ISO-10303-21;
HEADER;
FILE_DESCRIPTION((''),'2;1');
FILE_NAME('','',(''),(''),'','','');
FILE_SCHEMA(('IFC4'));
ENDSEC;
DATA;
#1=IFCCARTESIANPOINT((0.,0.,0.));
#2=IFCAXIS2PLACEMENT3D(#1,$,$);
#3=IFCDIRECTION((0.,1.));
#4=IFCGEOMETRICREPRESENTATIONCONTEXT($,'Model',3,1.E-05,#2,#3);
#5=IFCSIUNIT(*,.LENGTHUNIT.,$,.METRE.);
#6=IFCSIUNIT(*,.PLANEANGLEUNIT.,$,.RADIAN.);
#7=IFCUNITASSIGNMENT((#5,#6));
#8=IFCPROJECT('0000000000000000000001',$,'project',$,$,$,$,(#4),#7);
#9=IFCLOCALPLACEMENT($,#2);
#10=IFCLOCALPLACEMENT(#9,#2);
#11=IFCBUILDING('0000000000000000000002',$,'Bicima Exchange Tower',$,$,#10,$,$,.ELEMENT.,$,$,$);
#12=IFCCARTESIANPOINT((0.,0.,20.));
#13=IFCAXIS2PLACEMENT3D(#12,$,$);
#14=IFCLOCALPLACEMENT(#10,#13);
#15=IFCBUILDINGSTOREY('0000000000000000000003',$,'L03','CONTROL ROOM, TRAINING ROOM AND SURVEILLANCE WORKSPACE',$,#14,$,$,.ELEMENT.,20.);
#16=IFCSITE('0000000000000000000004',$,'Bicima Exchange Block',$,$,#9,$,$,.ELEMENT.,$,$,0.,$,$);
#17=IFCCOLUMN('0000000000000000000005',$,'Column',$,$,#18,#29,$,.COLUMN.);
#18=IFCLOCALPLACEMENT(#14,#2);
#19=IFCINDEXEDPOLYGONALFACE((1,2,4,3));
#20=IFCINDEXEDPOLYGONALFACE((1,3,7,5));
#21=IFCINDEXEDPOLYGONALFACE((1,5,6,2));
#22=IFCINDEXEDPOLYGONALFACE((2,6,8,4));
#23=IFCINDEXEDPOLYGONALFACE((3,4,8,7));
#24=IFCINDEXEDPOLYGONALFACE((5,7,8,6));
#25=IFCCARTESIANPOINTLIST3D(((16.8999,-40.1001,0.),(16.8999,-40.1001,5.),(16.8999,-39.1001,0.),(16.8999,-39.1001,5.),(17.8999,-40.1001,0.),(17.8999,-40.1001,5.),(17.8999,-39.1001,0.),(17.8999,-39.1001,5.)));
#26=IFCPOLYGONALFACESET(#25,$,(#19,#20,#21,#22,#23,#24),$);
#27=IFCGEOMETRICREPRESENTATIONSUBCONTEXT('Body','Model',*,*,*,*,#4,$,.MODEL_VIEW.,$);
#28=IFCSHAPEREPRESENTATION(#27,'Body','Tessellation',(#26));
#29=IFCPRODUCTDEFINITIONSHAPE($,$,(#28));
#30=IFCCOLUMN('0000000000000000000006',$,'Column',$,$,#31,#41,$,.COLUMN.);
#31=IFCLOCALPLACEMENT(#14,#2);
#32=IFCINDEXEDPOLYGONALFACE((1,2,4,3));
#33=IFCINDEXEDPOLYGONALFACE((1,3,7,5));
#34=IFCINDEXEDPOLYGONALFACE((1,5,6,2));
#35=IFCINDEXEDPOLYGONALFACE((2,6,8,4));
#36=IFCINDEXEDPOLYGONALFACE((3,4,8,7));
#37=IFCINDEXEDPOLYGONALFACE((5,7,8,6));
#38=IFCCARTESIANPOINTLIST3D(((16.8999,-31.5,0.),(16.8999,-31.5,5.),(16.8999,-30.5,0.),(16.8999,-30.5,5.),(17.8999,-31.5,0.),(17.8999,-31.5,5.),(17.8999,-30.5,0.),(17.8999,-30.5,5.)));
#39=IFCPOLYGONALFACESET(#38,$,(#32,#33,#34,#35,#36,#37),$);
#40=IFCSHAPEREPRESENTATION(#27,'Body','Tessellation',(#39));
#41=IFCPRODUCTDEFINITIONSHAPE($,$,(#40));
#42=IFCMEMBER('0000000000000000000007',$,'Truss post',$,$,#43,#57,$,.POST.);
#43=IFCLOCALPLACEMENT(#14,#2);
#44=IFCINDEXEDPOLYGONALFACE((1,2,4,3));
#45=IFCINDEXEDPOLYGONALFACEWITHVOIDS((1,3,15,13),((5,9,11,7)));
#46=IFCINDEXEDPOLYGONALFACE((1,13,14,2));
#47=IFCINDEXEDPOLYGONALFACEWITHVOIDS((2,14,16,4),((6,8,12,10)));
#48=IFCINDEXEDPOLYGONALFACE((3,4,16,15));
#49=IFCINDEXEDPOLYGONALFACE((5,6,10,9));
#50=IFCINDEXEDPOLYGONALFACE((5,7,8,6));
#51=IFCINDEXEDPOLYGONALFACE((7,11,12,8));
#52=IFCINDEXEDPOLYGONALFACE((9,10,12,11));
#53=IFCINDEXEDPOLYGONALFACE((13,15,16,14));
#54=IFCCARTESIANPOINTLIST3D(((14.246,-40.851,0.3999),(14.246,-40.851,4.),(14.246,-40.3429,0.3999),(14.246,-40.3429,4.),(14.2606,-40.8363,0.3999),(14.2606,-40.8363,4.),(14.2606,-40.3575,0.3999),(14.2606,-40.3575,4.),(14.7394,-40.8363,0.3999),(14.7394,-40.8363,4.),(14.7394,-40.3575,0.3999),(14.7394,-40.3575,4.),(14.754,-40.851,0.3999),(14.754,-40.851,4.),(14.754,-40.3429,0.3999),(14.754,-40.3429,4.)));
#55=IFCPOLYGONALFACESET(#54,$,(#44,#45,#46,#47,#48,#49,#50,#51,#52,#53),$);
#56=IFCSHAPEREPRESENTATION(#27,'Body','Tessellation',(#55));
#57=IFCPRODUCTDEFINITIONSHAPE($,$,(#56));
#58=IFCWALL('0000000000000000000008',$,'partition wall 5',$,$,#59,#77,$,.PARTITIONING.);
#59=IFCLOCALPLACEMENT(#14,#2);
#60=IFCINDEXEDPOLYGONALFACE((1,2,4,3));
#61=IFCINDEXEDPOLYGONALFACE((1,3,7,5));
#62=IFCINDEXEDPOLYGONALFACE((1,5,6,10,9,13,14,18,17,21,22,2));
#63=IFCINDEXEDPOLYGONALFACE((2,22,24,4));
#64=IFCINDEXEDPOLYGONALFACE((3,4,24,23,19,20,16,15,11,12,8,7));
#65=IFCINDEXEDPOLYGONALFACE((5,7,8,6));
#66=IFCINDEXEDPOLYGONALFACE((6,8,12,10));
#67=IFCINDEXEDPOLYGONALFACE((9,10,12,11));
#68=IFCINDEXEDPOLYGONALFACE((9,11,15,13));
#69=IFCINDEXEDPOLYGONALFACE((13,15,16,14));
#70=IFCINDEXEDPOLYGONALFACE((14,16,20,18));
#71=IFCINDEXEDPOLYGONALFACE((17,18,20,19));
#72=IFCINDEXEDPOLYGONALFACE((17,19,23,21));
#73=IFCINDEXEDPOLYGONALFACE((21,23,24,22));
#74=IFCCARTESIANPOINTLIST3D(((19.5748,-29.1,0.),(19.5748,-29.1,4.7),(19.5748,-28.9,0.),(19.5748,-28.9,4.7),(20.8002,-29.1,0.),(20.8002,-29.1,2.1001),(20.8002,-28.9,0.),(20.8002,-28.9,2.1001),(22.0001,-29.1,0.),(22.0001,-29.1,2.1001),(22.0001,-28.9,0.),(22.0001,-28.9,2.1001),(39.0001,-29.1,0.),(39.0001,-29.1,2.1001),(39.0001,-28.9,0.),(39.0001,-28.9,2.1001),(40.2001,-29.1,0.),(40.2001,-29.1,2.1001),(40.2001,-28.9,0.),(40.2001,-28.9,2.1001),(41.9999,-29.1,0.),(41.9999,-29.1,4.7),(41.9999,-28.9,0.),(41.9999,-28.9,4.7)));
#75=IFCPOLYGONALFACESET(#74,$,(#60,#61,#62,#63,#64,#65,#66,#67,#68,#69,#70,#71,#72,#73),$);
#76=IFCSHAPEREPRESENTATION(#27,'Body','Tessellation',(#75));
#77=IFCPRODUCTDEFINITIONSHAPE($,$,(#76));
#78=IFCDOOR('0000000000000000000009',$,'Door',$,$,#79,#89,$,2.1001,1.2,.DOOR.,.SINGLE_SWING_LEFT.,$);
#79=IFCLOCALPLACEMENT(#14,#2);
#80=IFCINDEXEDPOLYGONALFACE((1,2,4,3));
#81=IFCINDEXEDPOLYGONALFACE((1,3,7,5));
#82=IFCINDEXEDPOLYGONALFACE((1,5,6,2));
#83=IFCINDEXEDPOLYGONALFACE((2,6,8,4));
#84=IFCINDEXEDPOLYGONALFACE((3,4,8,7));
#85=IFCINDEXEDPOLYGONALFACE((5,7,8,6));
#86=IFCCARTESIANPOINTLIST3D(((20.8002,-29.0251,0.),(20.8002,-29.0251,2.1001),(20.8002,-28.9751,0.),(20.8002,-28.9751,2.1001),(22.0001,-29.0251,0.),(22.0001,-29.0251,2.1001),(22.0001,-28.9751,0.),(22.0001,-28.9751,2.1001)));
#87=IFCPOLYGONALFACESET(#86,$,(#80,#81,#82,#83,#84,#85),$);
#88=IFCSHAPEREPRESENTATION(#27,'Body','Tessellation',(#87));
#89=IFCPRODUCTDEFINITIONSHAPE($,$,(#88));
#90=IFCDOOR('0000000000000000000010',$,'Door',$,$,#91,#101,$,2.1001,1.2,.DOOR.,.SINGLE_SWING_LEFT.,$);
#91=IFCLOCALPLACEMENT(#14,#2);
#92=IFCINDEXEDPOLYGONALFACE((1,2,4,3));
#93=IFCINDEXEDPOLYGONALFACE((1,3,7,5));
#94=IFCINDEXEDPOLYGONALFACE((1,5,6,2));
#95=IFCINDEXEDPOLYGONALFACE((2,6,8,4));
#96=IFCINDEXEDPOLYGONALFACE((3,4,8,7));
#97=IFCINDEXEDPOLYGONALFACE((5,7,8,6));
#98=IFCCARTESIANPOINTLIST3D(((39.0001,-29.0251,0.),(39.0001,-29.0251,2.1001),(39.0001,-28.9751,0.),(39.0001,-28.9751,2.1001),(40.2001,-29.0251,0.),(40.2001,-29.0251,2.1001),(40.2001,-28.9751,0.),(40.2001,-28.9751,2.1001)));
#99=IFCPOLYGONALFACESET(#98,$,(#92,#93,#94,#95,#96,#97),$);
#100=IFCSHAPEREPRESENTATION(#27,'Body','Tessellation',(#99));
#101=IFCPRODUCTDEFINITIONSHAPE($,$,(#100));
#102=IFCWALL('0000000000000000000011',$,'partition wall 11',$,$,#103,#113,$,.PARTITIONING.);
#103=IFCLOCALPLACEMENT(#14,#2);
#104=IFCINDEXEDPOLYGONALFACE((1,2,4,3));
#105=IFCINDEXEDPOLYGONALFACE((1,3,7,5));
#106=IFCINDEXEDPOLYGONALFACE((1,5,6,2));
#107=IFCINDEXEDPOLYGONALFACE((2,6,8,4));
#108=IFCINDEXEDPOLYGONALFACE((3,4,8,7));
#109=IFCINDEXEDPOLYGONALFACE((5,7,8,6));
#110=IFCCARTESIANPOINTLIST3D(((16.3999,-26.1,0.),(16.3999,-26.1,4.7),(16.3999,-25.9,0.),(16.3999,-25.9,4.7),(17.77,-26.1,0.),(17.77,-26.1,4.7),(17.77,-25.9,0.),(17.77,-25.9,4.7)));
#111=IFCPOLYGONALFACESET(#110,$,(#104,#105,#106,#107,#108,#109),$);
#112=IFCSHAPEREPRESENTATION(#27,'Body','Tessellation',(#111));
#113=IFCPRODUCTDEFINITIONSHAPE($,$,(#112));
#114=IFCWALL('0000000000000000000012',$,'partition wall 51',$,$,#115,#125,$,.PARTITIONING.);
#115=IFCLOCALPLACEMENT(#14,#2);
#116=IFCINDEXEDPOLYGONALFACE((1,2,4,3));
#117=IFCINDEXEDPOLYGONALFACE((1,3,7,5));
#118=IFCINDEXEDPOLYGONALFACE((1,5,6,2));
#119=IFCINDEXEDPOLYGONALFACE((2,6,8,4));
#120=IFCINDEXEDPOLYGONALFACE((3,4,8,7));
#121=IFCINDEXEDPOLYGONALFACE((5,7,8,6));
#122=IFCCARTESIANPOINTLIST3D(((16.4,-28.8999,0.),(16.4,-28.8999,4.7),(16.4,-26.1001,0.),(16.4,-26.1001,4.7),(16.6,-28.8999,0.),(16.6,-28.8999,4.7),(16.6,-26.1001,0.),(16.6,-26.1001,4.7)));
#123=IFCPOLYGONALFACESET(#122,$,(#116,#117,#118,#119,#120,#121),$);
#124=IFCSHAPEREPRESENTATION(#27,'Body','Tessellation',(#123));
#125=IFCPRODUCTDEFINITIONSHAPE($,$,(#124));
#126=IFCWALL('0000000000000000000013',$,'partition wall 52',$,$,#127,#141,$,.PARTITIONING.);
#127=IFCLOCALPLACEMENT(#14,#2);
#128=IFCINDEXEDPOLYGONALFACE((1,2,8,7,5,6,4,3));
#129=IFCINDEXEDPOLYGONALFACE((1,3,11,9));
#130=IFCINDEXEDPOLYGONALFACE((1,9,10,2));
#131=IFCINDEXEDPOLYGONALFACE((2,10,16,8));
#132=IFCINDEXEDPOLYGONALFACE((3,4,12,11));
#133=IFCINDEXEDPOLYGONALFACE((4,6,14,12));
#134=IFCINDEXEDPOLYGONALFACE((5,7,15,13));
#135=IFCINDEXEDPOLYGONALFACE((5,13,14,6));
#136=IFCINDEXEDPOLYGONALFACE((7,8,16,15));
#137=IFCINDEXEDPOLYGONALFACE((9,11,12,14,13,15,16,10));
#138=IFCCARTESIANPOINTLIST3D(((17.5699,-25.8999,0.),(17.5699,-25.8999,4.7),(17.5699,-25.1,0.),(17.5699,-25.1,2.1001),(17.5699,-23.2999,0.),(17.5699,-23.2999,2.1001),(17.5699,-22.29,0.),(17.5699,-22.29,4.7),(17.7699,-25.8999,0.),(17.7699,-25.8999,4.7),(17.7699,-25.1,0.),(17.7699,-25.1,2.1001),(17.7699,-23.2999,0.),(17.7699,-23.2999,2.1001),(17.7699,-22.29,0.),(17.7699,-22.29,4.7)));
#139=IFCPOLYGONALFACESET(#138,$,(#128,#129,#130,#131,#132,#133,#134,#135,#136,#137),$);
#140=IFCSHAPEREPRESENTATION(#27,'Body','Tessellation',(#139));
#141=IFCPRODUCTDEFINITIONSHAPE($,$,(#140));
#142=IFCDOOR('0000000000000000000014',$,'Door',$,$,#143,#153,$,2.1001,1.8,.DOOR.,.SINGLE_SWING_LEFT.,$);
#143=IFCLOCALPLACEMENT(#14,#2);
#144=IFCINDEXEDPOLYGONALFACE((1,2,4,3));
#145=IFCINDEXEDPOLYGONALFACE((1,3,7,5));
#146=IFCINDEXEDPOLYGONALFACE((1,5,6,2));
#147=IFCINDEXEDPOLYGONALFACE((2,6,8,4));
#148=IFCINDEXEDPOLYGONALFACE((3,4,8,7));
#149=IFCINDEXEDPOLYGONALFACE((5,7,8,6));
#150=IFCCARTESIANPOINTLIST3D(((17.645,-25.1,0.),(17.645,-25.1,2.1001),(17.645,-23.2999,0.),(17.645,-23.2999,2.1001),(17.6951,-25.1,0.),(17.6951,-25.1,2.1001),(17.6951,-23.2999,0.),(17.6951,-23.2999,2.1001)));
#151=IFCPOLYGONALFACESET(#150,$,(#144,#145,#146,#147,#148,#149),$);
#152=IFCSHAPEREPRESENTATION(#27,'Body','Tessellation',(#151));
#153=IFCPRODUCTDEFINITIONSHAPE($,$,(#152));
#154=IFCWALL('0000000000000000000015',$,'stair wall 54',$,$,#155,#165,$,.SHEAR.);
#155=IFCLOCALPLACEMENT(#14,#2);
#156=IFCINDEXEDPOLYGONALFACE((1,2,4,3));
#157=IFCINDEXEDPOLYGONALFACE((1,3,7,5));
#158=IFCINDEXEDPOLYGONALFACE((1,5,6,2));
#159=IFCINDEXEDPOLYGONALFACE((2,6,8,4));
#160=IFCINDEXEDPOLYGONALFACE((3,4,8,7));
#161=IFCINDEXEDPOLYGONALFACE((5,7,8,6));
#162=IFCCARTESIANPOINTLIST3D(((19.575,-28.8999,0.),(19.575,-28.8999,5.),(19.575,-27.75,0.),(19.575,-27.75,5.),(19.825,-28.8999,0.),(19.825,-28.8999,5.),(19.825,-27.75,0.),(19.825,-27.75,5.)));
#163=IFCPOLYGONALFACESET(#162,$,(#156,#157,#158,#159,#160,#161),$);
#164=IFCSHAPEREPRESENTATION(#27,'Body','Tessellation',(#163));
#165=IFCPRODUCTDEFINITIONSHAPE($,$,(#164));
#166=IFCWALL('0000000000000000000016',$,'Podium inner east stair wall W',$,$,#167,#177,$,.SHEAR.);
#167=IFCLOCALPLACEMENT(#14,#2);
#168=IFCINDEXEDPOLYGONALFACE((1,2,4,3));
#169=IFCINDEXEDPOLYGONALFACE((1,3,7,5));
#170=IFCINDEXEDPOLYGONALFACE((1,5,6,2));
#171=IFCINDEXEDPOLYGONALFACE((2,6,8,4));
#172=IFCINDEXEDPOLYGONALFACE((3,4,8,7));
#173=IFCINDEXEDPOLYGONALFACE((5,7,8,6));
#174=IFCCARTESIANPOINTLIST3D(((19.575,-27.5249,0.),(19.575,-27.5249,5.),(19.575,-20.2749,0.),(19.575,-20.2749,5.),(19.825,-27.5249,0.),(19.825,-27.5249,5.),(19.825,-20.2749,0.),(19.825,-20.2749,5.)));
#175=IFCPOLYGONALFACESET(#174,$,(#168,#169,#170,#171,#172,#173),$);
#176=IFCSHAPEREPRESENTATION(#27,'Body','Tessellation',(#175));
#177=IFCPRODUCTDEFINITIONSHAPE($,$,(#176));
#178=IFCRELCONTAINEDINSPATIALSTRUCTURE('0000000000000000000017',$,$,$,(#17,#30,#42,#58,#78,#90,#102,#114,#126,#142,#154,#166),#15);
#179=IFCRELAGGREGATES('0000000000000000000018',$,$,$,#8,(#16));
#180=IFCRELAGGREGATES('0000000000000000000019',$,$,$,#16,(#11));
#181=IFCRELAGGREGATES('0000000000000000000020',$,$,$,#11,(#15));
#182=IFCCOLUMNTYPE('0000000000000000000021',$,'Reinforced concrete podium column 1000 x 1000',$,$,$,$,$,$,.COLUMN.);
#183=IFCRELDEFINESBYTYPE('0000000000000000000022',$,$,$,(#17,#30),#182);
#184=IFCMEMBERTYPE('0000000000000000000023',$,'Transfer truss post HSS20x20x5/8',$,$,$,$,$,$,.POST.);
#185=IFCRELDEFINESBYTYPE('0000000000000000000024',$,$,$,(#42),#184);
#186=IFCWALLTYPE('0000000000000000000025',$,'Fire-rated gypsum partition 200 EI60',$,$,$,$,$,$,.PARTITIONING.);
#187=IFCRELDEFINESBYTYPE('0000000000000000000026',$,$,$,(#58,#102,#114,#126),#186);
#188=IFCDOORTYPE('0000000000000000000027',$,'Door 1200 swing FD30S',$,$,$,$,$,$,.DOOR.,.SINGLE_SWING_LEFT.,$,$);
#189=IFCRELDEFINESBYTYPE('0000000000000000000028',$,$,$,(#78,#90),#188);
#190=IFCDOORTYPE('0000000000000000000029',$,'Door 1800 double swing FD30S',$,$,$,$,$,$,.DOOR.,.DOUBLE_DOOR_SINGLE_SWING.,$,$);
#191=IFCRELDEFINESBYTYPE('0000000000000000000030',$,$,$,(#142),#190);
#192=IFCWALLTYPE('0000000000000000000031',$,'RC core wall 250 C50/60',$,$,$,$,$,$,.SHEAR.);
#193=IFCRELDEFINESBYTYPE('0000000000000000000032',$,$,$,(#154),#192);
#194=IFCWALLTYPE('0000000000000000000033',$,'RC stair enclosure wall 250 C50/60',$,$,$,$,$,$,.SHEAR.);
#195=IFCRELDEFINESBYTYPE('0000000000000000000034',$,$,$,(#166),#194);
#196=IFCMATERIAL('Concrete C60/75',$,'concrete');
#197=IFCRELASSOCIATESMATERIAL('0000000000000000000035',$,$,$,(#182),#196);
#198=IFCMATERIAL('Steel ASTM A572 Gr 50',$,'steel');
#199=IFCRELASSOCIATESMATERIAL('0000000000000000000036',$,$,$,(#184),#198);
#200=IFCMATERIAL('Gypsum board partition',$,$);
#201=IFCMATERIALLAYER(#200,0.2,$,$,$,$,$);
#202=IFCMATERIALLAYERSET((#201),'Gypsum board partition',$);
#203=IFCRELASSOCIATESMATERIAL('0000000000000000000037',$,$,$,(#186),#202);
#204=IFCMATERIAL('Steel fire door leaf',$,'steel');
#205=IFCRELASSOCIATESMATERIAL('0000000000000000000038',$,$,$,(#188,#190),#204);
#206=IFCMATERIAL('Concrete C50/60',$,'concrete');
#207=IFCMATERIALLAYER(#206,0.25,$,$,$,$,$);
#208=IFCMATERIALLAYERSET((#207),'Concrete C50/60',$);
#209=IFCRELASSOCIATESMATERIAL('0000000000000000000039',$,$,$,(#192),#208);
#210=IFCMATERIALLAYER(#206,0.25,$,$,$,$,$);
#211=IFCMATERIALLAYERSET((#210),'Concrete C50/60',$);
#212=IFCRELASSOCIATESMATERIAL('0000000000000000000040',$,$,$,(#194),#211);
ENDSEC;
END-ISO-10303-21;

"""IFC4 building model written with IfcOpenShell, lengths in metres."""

from ifc_helpers import new_model, si_unit, direction, frame, frame_2d, origin, origin_2d, place, context, subcontext, project, spatial, rectangle, hollow_rectangle, extrude, material, layer, layer_set, material_profile, profile_set, type_object, element, fill, save


model = new_model("IFC4")

# Units and contexts
model_context = context("Model", 3, precision=1e-05, world=origin(), true_north=direction((0.0, 1.0)))
body_context = subcontext(model_context, "Body", "Model", "MODEL_VIEW")
ifc_project = project(units=[si_unit("LENGTHUNIT", "METRE"), si_unit("PLANEANGLEUNIT", "RADIAN")], contexts=[model_context])

# Site, building, storey
site_placement = place(None, origin())
site = spatial("IfcSite", under=ifc_project, at=site_placement, Name="Bicima Exchange Block", CompositionType="ELEMENT", RefElevation=0.0)
building_placement = place(site_placement, origin())
building = spatial("IfcBuilding", under=site, at=building_placement, Name="Bicima Exchange Tower", CompositionType="ELEMENT")
storey_placement = place(building_placement, frame((0.0, 0.0, 20.0)))
storey = spatial("IfcBuildingStorey", under=building, at=storey_placement, Name="L03", Description="CONTROL ROOM, TRAINING ROOM AND SURVEILLANCE WORKSPACE", CompositionType="ELEMENT", Elevation=20.0)

# Columns
ifc_material_1 = material(Name="Concrete C60/75", Category="concrete")
ifc_material_profile_1 = material_profile(ifc_material_1, rectangle(XDim=1.0, YDim=1.0, at=origin_2d()))
ifc_profile_set_1 = profile_set([ifc_material_profile_1], Name="Concrete C60/75")
column_type = type_object("IfcColumnType", Name="Reinforced concrete podium column 1000 x 1000", PredefinedType="COLUMN", material=ifc_profile_set_1)
for number, where, z_axis, x_axis, name in (
    (1, (17.3999, -39.6001, 0.0), (0.0, 0.0, 1.0), (1.0, 0.0, 0.0), "Column"),
    (2, (17.3999, -31.0, 0.0), (0.0, 0.0, 1.0), (1.0, 0.0, 0.0), "Column"),
):
    element("IfcColumn", number, at=place(storey_placement, frame(where, z_axis=z_axis, x_axis=x_axis)), inside=storey, type_object=column_type, Name=name, PredefinedType="COLUMN", context=body_context, shape_type="SweptSolid", body=[
        extrude(rectangle(XDim=1.0, YDim=1.0, at=origin_2d()), origin(), (0.0, 0.0, 1.0), 5.0),
    ])

# Member
ifc_material_2 = material(Name="Steel ASTM A572 Gr 50", Category="steel")
ifc_material_profile_2 = material_profile(ifc_material_2, hollow_rectangle(XDim=0.5081, YDim=0.5081, WallThickness=0.0146, at=origin_2d()))
ifc_profile_set_2 = profile_set([ifc_material_profile_2], Name="Steel ASTM A572 Gr 50")
member_type = type_object("IfcMemberType", Name="Transfer truss post HSS20x20x5/8", PredefinedType="POST", material=ifc_profile_set_2)
member_placement = place(storey_placement, frame((14.5, -40.5969, 0.3999), z_axis=(0.0, 0.0, 1.0), x_axis=(1.0, 0.0, 0.0)))
element("IfcMember", 3, at=member_placement, inside=storey, type_object=member_type, Name="Truss post", PredefinedType="POST", context=body_context, shape_type="SweptSolid", body=[
    extrude(hollow_rectangle(XDim=0.5081, YDim=0.5081, WallThickness=0.0146, at=origin_2d()), origin(), (0.0, 0.0, 1.0), 3.6001),
])

# Wall, openings, doors
ifc_material_3 = material(Name="Gypsum board partition")
ifc_layer_1 = layer(ifc_material_3, 0.2)
ifc_layer_set_1 = layer_set([ifc_layer_1], Name="Gypsum board partition")
wall_type_1 = type_object("IfcWallType", Name="Fire-rated gypsum partition 200 EI60", PredefinedType="PARTITIONING", material=ifc_layer_set_1)
wall_1_placement = place(storey_placement, frame((19.575, -29.0, 0.0), z_axis=(0.0, 0.0, 1.0), x_axis=(1.0, 0.0, 0.0)))
wall_1 = element("IfcWall", 4, at=wall_1_placement, inside=storey, type_object=wall_type_1, Name="partition wall 5", PredefinedType="PARTITIONING", context=body_context, shape_type="SweptSolid", body=[
    extrude(rectangle(XDim=22.425, YDim=0.2, at=frame_2d((11.2124, 0.0))), origin(), (0.0, 0.0, 1.0), 4.7),
])
opening_1_placement = place(wall_1_placement, frame((1.2251, 0.0, 0.0)))
opening_1 = element("IfcOpeningElement", 5, at=opening_1_placement, cuts=wall_1, PredefinedType="OPENING", context=body_context, shape_type="SweptSolid", body=[
    extrude(rectangle(XDim=1.2, YDim=2.1001, at=frame_2d((0.6001, 1.05))), frame((0.0, 0.1118, 0.0), z_axis=(0.0, -1.0, 0.0), x_axis=(1.0, 0.0, 0.0)), (0.0, 0.0, 1.0), 0.2239),
])
opening_2_placement = place(wall_1_placement, frame((19.425, 0.0, 0.0)))
opening_2 = element("IfcOpeningElement", 6, at=opening_2_placement, cuts=wall_1, PredefinedType="OPENING", context=body_context, shape_type="SweptSolid", body=[
    extrude(rectangle(XDim=1.2, YDim=2.1001, at=frame_2d((0.6001, 1.05))), frame((0.0, 0.1118, 0.0), z_axis=(0.0, -1.0, 0.0), x_axis=(1.0, 0.0, 0.0)), (0.0, 0.0, 1.0), 0.2239),
])
ifc_material_4 = material(Name="Steel fire door leaf", Category="steel")
door_type_1 = type_object("IfcDoorType", Name="Door 1200 swing FD30S", OperationType="SINGLE_SWING_LEFT", PredefinedType="DOOR", material=ifc_material_4)
door_1_placement = place(opening_1_placement, origin())
door_1 = element("IfcDoor", 7, at=door_1_placement, inside=storey, type_object=door_type_1, Name="Door", OperationType="SINGLE_SWING_LEFT", OverallHeight=2.1001, OverallWidth=1.2, PredefinedType="DOOR", context=body_context, shape_type="SweptSolid", body=[
    extrude(rectangle(XDim=1.2, YDim=2.1001, at=frame_2d((0.6001, 1.05))), frame((0.0, 0.0249, 0.0), z_axis=(0.0, -1.0, 0.0), x_axis=(1.0, 0.0, 0.0)), (0.0, 0.0, 1.0), 0.05),
])
fill(opening_1, door_1)
door_2_placement = place(opening_2_placement, origin())
door_2 = element("IfcDoor", 8, at=door_2_placement, inside=storey, type_object=door_type_1, Name="Door", OperationType="SINGLE_SWING_LEFT", OverallHeight=2.1001, OverallWidth=1.2, PredefinedType="DOOR", context=body_context, shape_type="SweptSolid", body=[
    extrude(rectangle(XDim=1.2, YDim=2.1001, at=frame_2d((0.6001, 1.05))), frame((0.0, 0.0249, 0.0), z_axis=(0.0, -1.0, 0.0), x_axis=(1.0, 0.0, 0.0)), (0.0, 0.0, 1.0), 0.05),
])
fill(opening_2, door_2)

# Walls
wall_2_placement = place(storey_placement, frame((16.3999, -26.0, 0.0), z_axis=(0.0, 0.0, 1.0), x_axis=(1.0, 0.0, 0.0)))
element("IfcWall", 9, at=wall_2_placement, inside=storey, type_object=wall_type_1, Name="partition wall 11", PredefinedType="PARTITIONING", context=body_context, shape_type="SweptSolid", body=[
    extrude(rectangle(XDim=1.3701, YDim=0.2, at=frame_2d((0.6851, 0.0))), origin(), (0.0, 0.0, 1.0), 4.7),
])
wall_3_placement = place(storey_placement, frame((16.5, -28.8999, 0.0), z_axis=(0.0, 0.0, 1.0), x_axis=(0.0, 1.0, 0.0)))
element("IfcWall", 10, at=wall_3_placement, inside=storey, type_object=wall_type_1, Name="partition wall 51", PredefinedType="PARTITIONING", context=body_context, shape_type="SweptSolid", body=[
    extrude(rectangle(XDim=2.7998, YDim=0.2, at=frame_2d((1.3999, 0.0))), origin(), (0.0, 0.0, 1.0), 4.7),
])

# Wall, opening, door
wall_4_placement = place(storey_placement, frame((17.6699, -25.8999, 0.0), z_axis=(0.0, 0.0, 1.0), x_axis=(0.0, 1.0, 0.0)))
wall_4 = element("IfcWall", 11, at=wall_4_placement, inside=storey, type_object=wall_type_1, Name="partition wall 52", PredefinedType="PARTITIONING", context=body_context, shape_type="SweptSolid", body=[
    extrude(rectangle(XDim=3.6099, YDim=0.2, at=frame_2d((1.8049, 0.0))), origin(), (0.0, 0.0, 1.0), 4.7),
])
opening_3_placement = place(wall_4_placement, frame((0.8, 0.0, 0.0)))
opening_3 = element("IfcOpeningElement", 12, at=opening_3_placement, cuts=wall_4, PredefinedType="OPENING", context=body_context, shape_type="SweptSolid", body=[
    extrude(rectangle(XDim=1.8, YDim=2.1001, at=frame_2d((0.8999, 1.05))), frame((0.0, 0.1118, 0.0), z_axis=(0.0, -1.0, 0.0), x_axis=(1.0, 0.0, 0.0)), (0.0, 0.0, 1.0), 0.2239),
])
door_type_2 = type_object("IfcDoorType", Name="Door 1800 double swing FD30S", OperationType="DOUBLE_DOOR_SINGLE_SWING", PredefinedType="DOOR", material=ifc_material_4)
door_3_placement = place(opening_3_placement, origin())
door_3 = element("IfcDoor", 13, at=door_3_placement, inside=storey, type_object=door_type_2, Name="Door", OperationType="SINGLE_SWING_LEFT", OverallHeight=2.1001, OverallWidth=1.8, PredefinedType="DOOR", context=body_context, shape_type="SweptSolid", body=[
    extrude(rectangle(XDim=1.8, YDim=2.1001, at=frame_2d((0.8999, 1.05))), frame((0.0, 0.0249, 0.0), z_axis=(0.0, -1.0, 0.0), x_axis=(1.0, 0.0, 0.0)), (0.0, 0.0, 1.0), 0.05),
])
fill(opening_3, door_3)

# Walls
ifc_material_5 = material(Name="Concrete C50/60", Category="concrete")
ifc_layer_2 = layer(ifc_material_5, 0.25)
ifc_layer_set_2 = layer_set([ifc_layer_2], Name="Concrete C50/60")
wall_type_2 = type_object("IfcWallType", Name="RC core wall 250 C50/60", PredefinedType="SHEAR", material=ifc_layer_set_2)
wall_5_placement = place(storey_placement, frame((19.7, -28.8999, 0.0), z_axis=(0.0, 0.0, 1.0), x_axis=(0.0, 1.0, 0.0)))
element("IfcWall", 14, at=wall_5_placement, inside=storey, type_object=wall_type_2, Name="stair wall 54", PredefinedType="SHEAR", context=body_context, shape_type="SweptSolid", body=[
    extrude(rectangle(XDim=1.1499, YDim=0.25, at=frame_2d((0.575, 0.0))), origin(), (0.0, 0.0, 1.0), 5.0),
])
ifc_layer_3 = layer(ifc_material_5, 0.25)
ifc_layer_set_3 = layer_set([ifc_layer_3], Name="Concrete C50/60")
wall_type_3 = type_object("IfcWallType", Name="RC stair enclosure wall 250 C50/60", PredefinedType="SHEAR", material=ifc_layer_set_3)
wall_6_placement = place(storey_placement, frame((19.7, -27.5249, 0.0), z_axis=(0.0, 0.0, 1.0), x_axis=(0.0, 1.0, 0.0)))
element("IfcWall", 15, at=wall_6_placement, inside=storey, type_object=wall_type_3, Name="Podium inner east stair wall W", PredefinedType="SHEAR", context=body_context, shape_type="SweptSolid", body=[
    extrude(rectangle(XDim=7.25, YDim=0.25, at=frame_2d((3.625, 0.0))), origin(), (0.0, 0.0, 1.0), 5.0),
])

save(model, "model.ifc")
